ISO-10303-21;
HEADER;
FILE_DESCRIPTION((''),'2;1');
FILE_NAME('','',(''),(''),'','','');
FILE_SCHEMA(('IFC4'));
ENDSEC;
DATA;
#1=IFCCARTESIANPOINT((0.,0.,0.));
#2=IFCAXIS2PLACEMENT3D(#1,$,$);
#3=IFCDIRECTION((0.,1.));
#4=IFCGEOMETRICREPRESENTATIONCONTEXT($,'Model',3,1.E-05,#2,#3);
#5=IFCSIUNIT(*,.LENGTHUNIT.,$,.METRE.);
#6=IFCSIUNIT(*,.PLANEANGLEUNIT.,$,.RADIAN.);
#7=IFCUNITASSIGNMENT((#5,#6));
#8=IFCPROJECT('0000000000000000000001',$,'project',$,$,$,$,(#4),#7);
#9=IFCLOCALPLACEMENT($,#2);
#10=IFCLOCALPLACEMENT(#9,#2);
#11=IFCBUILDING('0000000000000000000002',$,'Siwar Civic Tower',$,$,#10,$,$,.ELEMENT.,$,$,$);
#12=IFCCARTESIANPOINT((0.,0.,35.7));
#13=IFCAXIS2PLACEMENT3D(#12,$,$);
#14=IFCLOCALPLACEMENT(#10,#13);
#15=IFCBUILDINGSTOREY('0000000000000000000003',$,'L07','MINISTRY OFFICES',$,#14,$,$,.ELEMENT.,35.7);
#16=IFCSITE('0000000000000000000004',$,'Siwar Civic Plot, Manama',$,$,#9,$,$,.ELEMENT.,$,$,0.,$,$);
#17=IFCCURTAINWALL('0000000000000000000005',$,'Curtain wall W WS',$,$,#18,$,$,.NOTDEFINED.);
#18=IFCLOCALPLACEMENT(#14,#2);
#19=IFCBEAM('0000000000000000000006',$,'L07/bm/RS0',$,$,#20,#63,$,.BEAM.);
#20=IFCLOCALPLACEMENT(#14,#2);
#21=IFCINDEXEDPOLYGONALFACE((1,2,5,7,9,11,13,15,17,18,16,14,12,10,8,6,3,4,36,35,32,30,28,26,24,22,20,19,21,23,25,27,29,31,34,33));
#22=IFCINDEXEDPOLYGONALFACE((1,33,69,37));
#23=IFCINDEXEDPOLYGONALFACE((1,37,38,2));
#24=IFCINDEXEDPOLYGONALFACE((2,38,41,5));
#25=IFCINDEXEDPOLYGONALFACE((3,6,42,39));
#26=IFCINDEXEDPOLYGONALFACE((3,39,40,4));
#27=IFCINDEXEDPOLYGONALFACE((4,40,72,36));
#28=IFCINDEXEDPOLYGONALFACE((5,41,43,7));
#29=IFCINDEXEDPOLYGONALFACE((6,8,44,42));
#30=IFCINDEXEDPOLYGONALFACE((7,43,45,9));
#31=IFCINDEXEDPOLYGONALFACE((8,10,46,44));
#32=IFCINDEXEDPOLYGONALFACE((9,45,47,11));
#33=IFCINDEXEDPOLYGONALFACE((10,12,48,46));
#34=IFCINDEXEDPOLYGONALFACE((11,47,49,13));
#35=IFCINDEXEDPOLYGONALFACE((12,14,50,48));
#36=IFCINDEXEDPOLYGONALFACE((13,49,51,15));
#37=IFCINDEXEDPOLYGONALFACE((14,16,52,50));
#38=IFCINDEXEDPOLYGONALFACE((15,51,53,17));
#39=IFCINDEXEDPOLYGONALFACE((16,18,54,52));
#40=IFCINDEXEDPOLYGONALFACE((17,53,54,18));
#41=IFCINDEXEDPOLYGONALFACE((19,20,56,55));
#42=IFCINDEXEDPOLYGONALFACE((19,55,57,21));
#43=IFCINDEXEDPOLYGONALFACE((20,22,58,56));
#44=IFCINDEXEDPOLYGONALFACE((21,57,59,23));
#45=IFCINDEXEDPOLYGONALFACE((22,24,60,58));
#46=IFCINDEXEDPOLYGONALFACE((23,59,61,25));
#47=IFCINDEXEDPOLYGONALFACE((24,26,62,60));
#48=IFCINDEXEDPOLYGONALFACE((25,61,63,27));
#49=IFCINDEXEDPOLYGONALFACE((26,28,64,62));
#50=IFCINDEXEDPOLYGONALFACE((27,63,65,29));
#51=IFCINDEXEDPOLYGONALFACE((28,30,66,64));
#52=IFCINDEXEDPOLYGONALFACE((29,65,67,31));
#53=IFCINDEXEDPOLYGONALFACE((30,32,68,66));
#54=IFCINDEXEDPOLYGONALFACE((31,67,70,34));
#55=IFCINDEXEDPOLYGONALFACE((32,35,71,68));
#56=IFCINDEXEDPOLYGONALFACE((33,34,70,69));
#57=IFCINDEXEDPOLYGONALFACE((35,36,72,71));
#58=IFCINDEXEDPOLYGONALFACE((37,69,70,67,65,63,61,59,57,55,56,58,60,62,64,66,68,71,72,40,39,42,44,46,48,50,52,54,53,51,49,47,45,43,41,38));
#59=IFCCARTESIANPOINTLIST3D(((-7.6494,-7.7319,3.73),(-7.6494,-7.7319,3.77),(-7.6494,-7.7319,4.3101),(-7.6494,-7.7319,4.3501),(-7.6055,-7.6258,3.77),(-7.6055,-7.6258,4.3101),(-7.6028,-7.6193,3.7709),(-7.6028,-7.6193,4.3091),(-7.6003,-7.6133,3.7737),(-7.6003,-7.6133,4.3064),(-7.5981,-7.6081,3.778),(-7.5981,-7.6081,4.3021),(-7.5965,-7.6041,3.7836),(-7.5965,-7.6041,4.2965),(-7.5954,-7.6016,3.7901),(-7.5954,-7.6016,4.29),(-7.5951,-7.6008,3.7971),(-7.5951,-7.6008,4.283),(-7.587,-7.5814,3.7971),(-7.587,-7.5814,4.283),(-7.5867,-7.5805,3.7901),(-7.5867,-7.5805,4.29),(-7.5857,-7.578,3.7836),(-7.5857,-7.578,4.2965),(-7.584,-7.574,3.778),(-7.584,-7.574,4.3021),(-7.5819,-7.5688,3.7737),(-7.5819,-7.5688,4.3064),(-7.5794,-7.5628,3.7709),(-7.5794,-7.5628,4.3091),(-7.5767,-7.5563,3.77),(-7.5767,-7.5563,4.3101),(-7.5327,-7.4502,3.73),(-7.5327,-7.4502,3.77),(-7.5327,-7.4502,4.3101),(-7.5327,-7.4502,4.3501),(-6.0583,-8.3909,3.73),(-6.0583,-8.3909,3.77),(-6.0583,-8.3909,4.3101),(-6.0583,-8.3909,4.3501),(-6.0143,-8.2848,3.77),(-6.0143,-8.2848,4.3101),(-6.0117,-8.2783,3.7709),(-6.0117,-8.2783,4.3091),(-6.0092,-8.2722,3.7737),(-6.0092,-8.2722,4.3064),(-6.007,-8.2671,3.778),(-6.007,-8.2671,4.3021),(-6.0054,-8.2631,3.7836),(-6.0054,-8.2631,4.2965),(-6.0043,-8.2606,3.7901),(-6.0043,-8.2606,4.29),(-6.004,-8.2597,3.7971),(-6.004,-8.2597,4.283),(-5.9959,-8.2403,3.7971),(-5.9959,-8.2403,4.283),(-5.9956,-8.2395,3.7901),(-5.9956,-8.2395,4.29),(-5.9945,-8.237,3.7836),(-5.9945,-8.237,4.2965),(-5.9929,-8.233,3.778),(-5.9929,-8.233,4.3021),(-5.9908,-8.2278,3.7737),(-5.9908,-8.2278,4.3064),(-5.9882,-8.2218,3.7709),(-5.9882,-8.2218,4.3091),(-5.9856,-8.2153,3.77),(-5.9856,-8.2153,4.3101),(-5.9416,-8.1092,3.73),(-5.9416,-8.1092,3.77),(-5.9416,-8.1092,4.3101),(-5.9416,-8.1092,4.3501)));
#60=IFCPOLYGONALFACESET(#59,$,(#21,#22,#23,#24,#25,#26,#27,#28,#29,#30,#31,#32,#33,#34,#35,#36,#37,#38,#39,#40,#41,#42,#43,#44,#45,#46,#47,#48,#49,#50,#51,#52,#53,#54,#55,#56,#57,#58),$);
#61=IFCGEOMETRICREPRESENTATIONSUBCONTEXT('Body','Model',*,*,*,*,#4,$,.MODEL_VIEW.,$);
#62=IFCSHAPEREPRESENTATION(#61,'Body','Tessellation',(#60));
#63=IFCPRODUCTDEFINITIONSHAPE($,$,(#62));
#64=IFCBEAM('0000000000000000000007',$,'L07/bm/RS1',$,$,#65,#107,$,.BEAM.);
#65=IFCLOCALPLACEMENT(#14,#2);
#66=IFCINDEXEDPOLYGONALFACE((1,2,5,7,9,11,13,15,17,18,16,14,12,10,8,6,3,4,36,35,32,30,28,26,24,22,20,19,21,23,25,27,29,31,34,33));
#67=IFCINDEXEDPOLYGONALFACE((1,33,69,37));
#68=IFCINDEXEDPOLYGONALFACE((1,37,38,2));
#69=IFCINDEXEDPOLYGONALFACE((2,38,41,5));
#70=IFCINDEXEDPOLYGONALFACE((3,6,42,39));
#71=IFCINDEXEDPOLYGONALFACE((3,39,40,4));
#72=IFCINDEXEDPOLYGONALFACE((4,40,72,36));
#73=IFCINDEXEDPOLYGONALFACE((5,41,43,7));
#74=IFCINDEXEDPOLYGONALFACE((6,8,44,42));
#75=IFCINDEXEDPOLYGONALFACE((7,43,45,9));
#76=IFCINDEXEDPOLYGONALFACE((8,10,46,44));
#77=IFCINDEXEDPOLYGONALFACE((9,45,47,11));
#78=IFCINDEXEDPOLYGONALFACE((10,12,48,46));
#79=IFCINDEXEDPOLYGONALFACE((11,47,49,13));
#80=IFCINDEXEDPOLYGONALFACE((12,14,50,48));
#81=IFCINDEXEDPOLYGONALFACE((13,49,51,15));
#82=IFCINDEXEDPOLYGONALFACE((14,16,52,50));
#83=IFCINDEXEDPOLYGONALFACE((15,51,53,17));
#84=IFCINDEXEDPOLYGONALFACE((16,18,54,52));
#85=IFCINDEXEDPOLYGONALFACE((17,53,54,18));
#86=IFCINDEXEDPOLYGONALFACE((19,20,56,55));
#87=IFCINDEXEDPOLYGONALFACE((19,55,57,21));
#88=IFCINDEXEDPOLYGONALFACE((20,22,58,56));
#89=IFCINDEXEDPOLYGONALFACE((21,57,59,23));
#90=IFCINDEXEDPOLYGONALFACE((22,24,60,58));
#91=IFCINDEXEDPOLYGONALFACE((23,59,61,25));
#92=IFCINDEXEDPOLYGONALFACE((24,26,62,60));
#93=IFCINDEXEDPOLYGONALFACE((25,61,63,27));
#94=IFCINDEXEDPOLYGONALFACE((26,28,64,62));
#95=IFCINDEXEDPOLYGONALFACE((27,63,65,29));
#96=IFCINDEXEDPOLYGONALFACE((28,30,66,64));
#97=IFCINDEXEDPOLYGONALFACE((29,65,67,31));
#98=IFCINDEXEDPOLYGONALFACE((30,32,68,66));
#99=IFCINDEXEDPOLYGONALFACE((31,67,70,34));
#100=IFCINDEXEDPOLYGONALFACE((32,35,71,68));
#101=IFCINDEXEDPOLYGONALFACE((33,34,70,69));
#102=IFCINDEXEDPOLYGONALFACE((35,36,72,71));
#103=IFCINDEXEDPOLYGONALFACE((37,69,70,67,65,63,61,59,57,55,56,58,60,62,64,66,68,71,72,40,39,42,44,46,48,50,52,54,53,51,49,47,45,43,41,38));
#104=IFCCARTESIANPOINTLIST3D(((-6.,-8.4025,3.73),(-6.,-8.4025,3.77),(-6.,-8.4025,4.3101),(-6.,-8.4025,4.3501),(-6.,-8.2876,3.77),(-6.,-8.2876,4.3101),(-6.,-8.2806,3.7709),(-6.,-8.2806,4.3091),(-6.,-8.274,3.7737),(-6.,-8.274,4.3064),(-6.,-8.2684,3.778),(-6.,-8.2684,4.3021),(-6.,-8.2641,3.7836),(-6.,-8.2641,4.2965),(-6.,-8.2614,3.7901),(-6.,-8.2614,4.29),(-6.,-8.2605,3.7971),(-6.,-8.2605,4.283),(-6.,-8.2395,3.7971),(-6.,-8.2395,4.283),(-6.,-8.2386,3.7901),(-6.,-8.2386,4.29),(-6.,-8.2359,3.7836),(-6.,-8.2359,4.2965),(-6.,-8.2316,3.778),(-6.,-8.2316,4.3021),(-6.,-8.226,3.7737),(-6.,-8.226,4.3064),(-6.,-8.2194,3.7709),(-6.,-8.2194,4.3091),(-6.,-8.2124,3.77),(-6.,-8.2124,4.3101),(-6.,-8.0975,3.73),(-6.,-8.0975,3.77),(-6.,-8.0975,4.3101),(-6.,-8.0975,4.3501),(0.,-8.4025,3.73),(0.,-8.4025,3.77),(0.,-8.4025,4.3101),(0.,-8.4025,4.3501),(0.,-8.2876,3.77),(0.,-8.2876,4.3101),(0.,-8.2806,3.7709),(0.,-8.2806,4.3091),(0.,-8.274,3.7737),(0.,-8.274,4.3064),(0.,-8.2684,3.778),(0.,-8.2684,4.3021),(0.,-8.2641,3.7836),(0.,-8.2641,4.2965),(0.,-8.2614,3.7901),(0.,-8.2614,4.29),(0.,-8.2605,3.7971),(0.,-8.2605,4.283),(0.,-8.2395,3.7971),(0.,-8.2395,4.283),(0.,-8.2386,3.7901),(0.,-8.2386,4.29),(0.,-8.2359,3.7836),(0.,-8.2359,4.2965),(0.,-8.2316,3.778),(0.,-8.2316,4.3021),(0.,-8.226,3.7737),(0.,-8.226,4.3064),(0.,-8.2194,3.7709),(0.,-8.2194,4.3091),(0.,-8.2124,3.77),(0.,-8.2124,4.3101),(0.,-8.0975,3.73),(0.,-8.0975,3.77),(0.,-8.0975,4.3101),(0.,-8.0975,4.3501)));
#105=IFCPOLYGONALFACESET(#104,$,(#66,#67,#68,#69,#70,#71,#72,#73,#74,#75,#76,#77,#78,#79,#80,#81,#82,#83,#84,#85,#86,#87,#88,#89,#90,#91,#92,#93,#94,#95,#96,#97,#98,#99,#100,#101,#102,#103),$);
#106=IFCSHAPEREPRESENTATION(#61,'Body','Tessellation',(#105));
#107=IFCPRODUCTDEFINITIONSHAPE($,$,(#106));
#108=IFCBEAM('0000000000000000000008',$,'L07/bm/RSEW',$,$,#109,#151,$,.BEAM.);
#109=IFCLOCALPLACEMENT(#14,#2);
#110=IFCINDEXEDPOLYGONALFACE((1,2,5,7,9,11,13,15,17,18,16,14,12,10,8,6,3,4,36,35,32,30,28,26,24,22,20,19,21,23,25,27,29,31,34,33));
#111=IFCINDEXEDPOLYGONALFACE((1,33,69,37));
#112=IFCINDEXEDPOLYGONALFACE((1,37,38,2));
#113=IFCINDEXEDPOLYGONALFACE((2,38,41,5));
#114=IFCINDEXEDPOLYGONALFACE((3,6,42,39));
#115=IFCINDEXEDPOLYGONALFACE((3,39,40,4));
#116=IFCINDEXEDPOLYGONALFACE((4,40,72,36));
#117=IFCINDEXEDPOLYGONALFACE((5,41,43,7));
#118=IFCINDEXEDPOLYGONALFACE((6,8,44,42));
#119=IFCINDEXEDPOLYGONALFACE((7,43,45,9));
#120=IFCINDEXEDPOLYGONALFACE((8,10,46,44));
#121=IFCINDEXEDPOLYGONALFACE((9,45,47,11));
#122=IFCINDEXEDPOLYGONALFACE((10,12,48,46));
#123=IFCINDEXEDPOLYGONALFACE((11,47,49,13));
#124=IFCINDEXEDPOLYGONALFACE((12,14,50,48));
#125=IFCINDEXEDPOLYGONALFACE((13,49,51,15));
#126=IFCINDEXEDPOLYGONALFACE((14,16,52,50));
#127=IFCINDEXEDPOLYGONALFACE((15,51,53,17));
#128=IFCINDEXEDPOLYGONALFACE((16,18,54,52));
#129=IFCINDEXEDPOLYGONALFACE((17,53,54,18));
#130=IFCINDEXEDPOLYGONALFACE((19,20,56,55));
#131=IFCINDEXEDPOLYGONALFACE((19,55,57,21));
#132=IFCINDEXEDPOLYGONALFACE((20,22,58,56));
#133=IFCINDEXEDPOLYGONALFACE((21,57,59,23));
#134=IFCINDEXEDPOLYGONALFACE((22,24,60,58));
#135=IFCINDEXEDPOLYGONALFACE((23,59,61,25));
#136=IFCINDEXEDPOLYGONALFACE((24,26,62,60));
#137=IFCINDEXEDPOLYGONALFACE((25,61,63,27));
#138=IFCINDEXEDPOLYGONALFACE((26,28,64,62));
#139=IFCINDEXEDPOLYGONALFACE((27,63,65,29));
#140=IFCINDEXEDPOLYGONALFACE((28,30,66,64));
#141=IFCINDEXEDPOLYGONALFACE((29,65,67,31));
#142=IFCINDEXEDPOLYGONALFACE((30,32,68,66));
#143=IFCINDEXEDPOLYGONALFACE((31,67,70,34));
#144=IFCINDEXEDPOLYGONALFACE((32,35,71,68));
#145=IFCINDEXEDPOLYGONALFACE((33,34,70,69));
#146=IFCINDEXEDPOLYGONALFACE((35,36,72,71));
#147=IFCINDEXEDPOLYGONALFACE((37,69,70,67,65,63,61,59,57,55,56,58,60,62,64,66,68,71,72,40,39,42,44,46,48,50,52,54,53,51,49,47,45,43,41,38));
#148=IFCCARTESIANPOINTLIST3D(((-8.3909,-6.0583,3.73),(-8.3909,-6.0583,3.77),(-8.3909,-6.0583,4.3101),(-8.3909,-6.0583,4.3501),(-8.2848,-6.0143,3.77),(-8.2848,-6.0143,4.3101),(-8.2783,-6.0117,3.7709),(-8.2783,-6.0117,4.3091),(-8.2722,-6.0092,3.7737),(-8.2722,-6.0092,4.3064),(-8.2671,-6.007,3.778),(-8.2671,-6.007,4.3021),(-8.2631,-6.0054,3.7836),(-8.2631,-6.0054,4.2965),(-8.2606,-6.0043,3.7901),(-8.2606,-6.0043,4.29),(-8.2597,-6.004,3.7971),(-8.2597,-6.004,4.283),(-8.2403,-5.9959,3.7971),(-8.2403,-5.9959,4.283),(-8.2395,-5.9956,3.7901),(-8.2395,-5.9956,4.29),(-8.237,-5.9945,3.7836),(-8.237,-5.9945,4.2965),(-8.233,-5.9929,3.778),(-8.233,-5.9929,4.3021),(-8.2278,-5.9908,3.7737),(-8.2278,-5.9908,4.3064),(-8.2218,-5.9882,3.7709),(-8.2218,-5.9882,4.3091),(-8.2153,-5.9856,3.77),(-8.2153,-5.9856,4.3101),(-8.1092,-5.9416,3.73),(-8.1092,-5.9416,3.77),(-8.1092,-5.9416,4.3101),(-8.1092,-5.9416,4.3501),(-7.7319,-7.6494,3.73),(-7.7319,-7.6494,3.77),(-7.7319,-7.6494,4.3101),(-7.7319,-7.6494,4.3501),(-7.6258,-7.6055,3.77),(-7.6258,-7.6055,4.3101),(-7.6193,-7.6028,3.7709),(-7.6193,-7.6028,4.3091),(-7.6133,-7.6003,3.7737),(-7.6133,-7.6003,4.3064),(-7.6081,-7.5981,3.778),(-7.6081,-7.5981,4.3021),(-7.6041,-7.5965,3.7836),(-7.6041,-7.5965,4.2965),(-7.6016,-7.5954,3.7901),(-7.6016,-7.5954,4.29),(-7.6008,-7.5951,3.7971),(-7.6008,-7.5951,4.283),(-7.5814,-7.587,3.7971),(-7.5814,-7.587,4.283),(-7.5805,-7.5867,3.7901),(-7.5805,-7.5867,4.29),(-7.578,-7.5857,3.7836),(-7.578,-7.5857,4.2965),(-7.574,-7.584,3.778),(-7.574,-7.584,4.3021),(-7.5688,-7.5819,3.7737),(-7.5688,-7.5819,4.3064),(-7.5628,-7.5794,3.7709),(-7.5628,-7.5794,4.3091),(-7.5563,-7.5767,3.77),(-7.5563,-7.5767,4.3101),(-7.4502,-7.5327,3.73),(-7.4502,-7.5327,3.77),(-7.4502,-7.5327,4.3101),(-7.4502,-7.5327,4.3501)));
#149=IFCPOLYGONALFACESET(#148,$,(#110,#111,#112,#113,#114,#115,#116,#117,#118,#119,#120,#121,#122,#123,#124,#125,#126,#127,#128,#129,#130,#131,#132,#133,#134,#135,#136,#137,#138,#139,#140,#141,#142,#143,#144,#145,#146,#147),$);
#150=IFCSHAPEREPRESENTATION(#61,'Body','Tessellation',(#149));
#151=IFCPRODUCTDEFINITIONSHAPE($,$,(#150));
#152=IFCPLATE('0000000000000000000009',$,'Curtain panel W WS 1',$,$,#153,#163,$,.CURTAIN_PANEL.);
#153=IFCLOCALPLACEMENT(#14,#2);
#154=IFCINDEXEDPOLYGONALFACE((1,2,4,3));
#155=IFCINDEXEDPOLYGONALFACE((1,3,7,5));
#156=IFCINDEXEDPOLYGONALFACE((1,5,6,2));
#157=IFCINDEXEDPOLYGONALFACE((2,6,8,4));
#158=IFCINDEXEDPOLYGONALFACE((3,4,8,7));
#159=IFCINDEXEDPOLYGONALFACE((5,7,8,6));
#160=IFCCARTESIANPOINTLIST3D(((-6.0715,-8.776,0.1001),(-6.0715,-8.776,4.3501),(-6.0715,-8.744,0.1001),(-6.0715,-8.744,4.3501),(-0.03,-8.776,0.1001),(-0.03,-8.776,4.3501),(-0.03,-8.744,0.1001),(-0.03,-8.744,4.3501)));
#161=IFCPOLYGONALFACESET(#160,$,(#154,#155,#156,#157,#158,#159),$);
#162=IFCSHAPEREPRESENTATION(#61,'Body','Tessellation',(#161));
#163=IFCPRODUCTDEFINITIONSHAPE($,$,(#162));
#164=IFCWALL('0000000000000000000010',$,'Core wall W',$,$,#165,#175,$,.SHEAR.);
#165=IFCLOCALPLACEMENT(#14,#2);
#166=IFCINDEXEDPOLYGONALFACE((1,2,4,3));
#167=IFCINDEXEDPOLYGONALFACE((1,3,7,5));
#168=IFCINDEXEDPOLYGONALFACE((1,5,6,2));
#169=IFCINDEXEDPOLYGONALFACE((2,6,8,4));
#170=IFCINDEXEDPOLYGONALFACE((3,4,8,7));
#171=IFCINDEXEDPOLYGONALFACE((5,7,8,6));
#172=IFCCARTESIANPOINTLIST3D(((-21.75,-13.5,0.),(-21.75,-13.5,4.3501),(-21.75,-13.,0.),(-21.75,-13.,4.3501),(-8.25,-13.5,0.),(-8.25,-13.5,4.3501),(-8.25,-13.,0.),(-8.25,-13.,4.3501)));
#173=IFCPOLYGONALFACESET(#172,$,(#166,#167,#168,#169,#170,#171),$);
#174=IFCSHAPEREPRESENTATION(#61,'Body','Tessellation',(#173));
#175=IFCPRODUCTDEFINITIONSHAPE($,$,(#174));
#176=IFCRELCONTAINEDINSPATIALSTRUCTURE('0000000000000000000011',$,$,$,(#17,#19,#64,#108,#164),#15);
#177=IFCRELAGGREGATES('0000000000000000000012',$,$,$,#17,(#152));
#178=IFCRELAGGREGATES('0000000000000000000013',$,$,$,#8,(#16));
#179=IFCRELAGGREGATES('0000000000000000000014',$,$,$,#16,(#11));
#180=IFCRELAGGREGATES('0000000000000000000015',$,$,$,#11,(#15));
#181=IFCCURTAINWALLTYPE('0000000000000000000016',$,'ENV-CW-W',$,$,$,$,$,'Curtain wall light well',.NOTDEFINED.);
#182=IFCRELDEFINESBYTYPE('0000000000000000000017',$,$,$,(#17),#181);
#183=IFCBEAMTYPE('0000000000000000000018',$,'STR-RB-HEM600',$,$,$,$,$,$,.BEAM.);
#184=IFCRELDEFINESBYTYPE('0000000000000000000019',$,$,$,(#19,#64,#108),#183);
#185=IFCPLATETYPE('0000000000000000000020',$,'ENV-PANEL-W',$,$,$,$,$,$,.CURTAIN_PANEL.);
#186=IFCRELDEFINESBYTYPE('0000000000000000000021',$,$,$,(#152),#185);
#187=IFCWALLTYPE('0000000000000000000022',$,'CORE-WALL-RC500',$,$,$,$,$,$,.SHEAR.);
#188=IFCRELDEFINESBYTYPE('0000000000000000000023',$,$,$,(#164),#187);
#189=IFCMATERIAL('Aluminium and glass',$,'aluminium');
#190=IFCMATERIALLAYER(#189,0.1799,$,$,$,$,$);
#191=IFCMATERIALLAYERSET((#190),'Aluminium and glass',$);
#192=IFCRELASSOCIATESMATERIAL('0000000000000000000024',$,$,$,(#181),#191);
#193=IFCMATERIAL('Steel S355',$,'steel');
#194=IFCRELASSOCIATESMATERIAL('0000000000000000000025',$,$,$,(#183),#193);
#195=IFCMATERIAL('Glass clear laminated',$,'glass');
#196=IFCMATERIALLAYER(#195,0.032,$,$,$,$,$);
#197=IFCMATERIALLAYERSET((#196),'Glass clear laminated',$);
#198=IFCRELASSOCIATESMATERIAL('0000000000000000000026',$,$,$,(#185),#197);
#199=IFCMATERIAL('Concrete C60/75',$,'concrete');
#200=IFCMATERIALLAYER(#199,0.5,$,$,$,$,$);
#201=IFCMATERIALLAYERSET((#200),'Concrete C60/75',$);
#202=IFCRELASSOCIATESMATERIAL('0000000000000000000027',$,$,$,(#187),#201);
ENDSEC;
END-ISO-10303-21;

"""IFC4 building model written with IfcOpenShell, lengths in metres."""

from ifc_helpers import new_model, si_unit, direction, frame, frame_2d, origin, origin_2d, place, context, subcontext, project, spatial, rectangle, i_section, extrude, material, layer, layer_set, material_profile, profile_set, type_object, element, aggregate, save


model = new_model("IFC4")

# Units and contexts
model_context = context("Model", 3, precision=1e-05, world=origin(), true_north=direction((0.0, 1.0)))
body_context = subcontext(model_context, "Body", "Model", "MODEL_VIEW")
ifc_project = project(units=[si_unit("LENGTHUNIT", "METRE"), si_unit("PLANEANGLEUNIT", "RADIAN")], contexts=[model_context])

# Site, building, storey
site_placement = place(None, origin())
site = spatial("IfcSite", under=ifc_project, at=site_placement, Name="Siwar Civic Plot, Manama", CompositionType="ELEMENT", RefElevation=0.0)
building_placement = place(site_placement, origin())
building = spatial("IfcBuilding", under=site, at=building_placement, Name="Siwar Civic Tower", CompositionType="ELEMENT")
storey_placement = place(building_placement, frame((0.0, 0.0, 35.7)))
storey = spatial("IfcBuildingStorey", under=building, at=storey_placement, Name="L07", Description="MINISTRY OFFICES", CompositionType="ELEMENT", Elevation=35.7)

# Curtain wall
ifc_material_1 = material(Name="Aluminium and glass", Category="aluminium")
ifc_layer_1 = layer(ifc_material_1, 0.1799)
ifc_layer_set_1 = layer_set([ifc_layer_1], Name="Aluminium and glass")
curtain_wall_type = type_object("IfcCurtainWallType", Name="ENV-CW-W", ElementType="Curtain wall light well", PredefinedType="NOTDEFINED", material=ifc_layer_set_1)
curtain_wall_placement = place(storey_placement, origin())
curtain_wall = element("IfcCurtainWall", 1, at=curtain_wall_placement, inside=storey, type_object=curtain_wall_type, Name="Curtain wall W WS", PredefinedType="NOTDEFINED")

# Beams
ifc_material_2 = material(Name="Steel S355", Category="steel")
ifc_material_profile_1 = material_profile(ifc_material_2, i_section(OverallWidth=0.3049, OverallDepth=0.6201, WebThickness=0.021, FlangeThickness=0.04, FilletRadius=0.0271, at=origin_2d()), Name="HEM600")
ifc_profile_set_1 = profile_set([ifc_material_profile_1], Name="Steel S355")
beam_type_1 = type_object("IfcBeamType", Name="STR-RB-HEM600", PredefinedType="BEAM", material=ifc_profile_set_1)
beam_1_placement = place(storey_placement, frame((-7.5911, -7.5911, 4.04), z_axis=(0.923901, -0.382631, 0.0), x_axis=(0.382631, 0.923901, 0.0)))
element("IfcBeam", 2, at=beam_1_placement, inside=storey, type_object=beam_type_1, Name="L07/bm/RS0", PredefinedType="BEAM", context=body_context, shape_type="SweptSolid", body=[
    extrude(i_section(OverallWidth=0.3049, OverallDepth=0.6201, WebThickness=0.021, FlangeThickness=0.04, FilletRadius=0.0271, at=origin_2d()), origin(), (0.0, 0.0, 1.0), 1.7222),
])
beam_2_placement = place(storey_placement, frame((-6.0, -8.25, 4.04), z_axis=(1.0, 0.0, 0.0), x_axis=(0.0, 1.0, 0.0)))
element("IfcBeam", 3, at=beam_2_placement, inside=storey, type_object=beam_type_1, Name="L07/bm/RS1", PredefinedType="BEAM", context=body_context, shape_type="SweptSolid", body=[
    extrude(i_section(OverallWidth=0.3049, OverallDepth=0.6201, WebThickness=0.021, FlangeThickness=0.04, FilletRadius=0.0271, at=origin_2d()), origin(), (0.0, 0.0, 1.0), 6.0),
])
beam_3_placement = place(storey_placement, frame((-7.5911, -7.5911, 4.04), z_axis=(-0.382631, 0.923901, 0.0), x_axis=(-0.923901, -0.382631, 0.0)))
element("IfcBeam", 4, at=beam_3_placement, inside=storey, type_object=beam_type_1, Name="L07/bm/RSEW", PredefinedType="BEAM", context=body_context, shape_type="SweptSolid", body=[
    extrude(i_section(OverallWidth=0.3049, OverallDepth=0.6201, WebThickness=0.021, FlangeThickness=0.04, FilletRadius=0.0271, at=origin_2d()), origin(), (0.0, 0.0, 1.0), 1.7222),
])

# Plate
ifc_material_3 = material(Name="Glass clear laminated", Category="glass")
ifc_layer_2 = layer(ifc_material_3, 0.032)
ifc_layer_set_2 = layer_set([ifc_layer_2], Name="Glass clear laminated")
plate_type = type_object("IfcPlateType", Name="ENV-PANEL-W", PredefinedType="CURTAIN_PANEL", material=ifc_layer_set_2)
plate_placement = place(storey_placement, frame((-3.0508, -8.76, 0.1001), z_axis=(0.0, 0.0, 1.0), x_axis=(1.0, 0.0, 0.0)))
plate = element("IfcPlate", 5, at=plate_placement, type_object=plate_type, Name="Curtain panel W WS 1", PredefinedType="CURTAIN_PANEL", context=body_context, shape_type="SweptSolid", body=[
    extrude(rectangle(XDim=6.0415, YDim=0.032, at=origin_2d()), origin(), (0.0, 0.0, 1.0), 4.25),
])
aggregate(curtain_wall, [plate])

# Wall
ifc_material_4 = material(Name="Concrete C60/75", Category="concrete")
ifc_layer_3 = layer(ifc_material_4, 0.5)
ifc_layer_set_3 = layer_set([ifc_layer_3], Name="Concrete C60/75")
wall_type_1 = type_object("IfcWallType", Name="CORE-WALL-RC500", PredefinedType="SHEAR", material=ifc_layer_set_3)
wall_1_placement = place(storey_placement, frame((-8.25, -13.25, 0.0), z_axis=(0.0, 0.0, 1.0), x_axis=(-1.0, 0.0, 0.0)))
element("IfcWall", 6, at=wall_1_placement, inside=storey, type_object=wall_type_1, Name="Core wall W", PredefinedType="SHEAR", context=body_context, shape_type="SweptSolid", body=[
    extrude(rectangle(XDim=13.5, YDim=0.5, at=frame_2d((6.75, 0.0))), origin(), (0.0, 0.0, 1.0), 4.3501),
])

save(model, "model.ifc")
